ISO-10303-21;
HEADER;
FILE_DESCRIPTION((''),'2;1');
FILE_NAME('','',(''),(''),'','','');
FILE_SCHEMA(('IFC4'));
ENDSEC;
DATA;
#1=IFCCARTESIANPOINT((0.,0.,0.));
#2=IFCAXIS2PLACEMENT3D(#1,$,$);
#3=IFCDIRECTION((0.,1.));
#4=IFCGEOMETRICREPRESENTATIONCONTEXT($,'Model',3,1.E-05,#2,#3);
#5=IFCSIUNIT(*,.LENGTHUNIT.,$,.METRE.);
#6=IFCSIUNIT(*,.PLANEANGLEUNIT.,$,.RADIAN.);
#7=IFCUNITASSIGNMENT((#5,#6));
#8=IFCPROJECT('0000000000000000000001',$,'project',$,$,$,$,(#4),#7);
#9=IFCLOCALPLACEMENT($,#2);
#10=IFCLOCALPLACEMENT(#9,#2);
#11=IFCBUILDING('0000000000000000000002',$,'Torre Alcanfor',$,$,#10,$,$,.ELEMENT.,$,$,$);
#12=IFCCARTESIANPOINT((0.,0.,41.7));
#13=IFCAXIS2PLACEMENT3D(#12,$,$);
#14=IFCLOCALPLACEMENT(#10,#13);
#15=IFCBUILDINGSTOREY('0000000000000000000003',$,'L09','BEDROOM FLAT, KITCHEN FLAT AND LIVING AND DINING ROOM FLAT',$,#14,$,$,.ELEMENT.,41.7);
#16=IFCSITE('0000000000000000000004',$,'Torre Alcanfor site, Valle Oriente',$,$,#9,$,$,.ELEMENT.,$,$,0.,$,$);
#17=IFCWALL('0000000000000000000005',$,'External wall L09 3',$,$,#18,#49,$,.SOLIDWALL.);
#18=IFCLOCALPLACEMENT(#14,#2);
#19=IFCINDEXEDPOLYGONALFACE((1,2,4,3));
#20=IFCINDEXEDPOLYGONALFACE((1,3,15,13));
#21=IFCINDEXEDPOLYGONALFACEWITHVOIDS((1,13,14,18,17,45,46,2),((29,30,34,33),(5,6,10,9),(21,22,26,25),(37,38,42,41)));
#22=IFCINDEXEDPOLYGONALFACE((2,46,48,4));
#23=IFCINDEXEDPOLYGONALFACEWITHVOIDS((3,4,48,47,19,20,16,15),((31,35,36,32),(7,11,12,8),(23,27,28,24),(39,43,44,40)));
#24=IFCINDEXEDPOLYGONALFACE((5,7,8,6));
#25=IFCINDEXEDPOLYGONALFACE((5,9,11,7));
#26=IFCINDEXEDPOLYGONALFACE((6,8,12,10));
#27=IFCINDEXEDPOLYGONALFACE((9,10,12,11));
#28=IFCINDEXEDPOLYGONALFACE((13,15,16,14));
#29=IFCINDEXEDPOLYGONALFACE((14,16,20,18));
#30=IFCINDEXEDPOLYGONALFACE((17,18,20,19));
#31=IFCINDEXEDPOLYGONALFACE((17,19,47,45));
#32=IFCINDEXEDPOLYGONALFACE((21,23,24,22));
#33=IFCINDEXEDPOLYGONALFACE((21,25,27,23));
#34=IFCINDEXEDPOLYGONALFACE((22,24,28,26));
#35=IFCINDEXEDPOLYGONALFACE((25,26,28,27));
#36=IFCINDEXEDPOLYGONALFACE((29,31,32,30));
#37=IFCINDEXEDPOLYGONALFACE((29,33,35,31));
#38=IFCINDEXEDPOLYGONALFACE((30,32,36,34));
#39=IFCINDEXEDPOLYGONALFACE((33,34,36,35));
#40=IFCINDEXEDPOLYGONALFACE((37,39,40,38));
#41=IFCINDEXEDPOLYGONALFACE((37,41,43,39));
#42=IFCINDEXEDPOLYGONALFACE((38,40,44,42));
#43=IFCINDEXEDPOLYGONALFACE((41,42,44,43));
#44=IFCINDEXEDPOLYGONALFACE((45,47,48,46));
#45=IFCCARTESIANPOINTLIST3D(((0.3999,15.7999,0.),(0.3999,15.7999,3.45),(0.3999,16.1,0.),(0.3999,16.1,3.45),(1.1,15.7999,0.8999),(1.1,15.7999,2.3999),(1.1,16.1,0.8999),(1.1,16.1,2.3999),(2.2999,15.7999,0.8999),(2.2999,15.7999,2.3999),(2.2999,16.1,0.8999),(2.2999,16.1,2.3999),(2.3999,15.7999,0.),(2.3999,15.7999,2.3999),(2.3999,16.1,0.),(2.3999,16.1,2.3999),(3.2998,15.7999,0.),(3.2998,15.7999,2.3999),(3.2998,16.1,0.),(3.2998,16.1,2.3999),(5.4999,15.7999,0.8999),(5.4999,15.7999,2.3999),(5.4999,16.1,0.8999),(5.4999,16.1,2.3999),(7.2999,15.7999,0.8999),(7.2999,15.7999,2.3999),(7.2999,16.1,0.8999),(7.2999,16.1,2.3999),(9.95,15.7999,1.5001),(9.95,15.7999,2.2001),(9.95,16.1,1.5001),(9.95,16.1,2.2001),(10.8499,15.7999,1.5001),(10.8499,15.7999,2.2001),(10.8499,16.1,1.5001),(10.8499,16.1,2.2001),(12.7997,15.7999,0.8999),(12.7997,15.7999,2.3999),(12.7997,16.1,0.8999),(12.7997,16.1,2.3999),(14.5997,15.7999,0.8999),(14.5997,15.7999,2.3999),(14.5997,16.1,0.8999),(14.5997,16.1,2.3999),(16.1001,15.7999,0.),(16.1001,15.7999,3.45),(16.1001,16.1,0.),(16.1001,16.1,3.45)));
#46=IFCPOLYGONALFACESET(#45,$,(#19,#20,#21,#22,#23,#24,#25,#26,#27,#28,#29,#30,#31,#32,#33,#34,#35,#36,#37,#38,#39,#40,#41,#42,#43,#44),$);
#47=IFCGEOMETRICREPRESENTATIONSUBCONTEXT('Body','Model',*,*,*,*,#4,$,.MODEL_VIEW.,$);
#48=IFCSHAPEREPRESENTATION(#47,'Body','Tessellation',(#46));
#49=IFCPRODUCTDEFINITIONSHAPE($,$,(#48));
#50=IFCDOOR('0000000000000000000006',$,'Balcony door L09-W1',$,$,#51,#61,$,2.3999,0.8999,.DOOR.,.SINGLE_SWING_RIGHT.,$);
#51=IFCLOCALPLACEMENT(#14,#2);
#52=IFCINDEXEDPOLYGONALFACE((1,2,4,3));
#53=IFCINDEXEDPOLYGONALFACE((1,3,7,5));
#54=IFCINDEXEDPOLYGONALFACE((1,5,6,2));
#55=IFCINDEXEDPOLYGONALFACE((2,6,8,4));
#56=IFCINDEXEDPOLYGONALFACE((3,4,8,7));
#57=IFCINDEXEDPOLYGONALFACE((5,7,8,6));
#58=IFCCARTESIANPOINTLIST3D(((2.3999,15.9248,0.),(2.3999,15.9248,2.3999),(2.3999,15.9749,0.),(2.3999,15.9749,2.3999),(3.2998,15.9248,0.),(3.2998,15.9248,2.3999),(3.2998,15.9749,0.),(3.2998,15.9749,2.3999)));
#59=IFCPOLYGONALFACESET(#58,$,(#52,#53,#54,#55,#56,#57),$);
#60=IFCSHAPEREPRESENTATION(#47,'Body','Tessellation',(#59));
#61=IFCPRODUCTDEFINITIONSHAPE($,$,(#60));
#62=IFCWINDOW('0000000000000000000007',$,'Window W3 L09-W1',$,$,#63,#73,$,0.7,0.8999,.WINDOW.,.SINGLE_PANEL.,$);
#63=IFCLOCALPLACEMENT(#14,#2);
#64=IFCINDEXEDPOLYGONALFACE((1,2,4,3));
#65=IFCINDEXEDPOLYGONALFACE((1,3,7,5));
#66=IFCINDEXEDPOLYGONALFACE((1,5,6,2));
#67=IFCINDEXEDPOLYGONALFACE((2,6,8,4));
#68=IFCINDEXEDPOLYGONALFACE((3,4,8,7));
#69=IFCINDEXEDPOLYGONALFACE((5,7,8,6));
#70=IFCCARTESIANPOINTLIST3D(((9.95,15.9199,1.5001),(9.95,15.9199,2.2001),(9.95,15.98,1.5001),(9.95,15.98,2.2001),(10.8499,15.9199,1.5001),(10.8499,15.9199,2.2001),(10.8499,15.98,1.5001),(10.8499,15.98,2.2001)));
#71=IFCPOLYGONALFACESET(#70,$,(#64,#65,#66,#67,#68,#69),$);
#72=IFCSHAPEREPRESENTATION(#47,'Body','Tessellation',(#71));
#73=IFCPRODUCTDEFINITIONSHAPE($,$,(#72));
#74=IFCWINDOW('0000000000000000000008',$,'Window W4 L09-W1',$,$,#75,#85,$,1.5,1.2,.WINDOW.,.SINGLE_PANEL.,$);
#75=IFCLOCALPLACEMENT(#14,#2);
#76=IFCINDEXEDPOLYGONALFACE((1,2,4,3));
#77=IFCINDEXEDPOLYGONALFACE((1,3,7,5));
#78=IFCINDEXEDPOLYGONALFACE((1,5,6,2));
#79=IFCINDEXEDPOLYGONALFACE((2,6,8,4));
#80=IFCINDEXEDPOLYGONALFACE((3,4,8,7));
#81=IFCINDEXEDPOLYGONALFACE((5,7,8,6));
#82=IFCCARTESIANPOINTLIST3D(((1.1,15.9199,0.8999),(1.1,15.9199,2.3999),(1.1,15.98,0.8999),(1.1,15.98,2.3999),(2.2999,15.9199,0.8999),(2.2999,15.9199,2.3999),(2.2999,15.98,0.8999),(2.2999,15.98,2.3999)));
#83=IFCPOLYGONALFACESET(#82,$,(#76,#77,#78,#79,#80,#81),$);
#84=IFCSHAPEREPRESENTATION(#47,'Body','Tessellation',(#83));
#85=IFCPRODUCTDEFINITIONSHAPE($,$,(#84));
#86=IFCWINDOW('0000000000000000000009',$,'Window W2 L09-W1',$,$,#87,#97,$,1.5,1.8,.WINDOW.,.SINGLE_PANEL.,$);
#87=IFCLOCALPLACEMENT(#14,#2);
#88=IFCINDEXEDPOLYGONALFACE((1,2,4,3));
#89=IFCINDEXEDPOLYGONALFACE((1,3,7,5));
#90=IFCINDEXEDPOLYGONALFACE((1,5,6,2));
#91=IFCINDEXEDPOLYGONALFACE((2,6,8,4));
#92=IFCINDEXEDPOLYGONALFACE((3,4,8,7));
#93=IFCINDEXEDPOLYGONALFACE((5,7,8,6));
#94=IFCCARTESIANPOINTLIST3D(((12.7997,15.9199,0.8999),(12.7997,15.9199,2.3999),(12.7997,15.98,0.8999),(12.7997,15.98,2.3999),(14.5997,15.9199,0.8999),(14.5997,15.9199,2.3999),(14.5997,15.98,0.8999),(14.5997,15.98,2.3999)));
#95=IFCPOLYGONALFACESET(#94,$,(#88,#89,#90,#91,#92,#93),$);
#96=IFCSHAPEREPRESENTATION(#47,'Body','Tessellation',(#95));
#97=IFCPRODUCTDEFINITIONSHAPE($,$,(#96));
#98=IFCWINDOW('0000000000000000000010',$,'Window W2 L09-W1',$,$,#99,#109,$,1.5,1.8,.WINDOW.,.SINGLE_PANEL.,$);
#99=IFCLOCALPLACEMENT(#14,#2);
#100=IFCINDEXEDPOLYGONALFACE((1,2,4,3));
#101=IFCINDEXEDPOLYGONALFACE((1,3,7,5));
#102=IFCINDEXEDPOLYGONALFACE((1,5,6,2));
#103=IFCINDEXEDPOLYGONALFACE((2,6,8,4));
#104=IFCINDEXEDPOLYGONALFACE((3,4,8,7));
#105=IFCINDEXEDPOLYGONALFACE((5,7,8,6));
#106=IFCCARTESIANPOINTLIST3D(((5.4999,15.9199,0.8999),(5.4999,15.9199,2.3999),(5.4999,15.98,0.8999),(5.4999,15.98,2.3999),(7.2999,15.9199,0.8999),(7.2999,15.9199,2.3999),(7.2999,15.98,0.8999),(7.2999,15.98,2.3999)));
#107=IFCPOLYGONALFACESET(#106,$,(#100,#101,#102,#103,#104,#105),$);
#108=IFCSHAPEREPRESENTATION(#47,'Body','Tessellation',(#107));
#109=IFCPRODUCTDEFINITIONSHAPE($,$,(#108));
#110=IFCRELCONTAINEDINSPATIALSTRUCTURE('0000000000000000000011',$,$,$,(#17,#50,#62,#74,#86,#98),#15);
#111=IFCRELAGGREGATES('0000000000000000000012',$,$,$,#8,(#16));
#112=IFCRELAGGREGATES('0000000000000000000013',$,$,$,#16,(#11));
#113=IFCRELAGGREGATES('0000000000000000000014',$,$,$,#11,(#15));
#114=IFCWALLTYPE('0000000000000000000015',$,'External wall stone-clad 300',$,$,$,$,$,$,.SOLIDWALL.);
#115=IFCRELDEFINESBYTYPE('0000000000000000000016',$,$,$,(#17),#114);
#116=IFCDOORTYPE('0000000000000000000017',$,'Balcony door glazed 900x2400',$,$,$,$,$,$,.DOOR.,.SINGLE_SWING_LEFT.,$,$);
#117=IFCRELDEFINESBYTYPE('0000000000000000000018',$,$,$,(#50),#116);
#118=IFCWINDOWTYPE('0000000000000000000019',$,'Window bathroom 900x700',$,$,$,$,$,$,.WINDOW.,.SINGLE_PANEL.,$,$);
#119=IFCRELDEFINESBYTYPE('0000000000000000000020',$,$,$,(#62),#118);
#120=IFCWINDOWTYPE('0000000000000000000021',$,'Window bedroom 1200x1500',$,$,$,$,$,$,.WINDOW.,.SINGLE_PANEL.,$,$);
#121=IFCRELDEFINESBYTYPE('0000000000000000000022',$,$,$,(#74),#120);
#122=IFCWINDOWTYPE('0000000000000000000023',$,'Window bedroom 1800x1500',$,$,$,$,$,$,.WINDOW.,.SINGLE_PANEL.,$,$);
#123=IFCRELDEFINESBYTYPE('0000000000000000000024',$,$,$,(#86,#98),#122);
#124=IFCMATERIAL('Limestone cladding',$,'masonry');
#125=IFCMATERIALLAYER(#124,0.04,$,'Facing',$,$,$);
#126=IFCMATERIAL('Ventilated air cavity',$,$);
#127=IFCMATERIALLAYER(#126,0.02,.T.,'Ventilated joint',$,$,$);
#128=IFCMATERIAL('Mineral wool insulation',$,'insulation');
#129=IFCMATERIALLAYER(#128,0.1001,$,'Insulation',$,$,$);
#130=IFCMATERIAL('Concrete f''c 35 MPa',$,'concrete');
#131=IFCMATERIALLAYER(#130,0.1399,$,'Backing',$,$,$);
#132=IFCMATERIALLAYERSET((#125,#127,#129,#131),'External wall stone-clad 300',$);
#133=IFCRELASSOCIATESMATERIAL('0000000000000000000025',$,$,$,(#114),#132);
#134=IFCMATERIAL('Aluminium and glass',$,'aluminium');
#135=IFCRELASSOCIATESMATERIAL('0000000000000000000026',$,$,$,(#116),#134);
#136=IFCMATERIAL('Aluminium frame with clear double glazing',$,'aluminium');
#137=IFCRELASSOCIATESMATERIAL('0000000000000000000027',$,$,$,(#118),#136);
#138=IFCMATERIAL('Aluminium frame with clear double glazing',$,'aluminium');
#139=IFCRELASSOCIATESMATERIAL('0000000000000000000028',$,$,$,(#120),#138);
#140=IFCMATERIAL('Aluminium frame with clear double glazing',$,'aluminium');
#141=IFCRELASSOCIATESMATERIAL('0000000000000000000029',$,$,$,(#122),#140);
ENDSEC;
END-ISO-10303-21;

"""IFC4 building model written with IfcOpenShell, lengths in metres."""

from ifc_helpers import new_model, si_unit, direction, frame, frame_2d, origin, place, context, subcontext, project, spatial, rectangle, extrude, material, layer, layer_set, type_object, element, fill, save


model = new_model("IFC4")

# Units and contexts
model_context = context("Model", 3, precision=1e-05, world=origin(), true_north=direction((0.0, 1.0)))
body_context = subcontext(model_context, "Body", "Model", "MODEL_VIEW")
ifc_project = project(units=[si_unit("LENGTHUNIT", "METRE"), si_unit("PLANEANGLEUNIT", "RADIAN")], contexts=[model_context])

# Site, building, storey
site_placement = place(None, origin())
site = spatial("IfcSite", under=ifc_project, at=site_placement, Name="Torre Alcanfor site, Valle Oriente", CompositionType="ELEMENT", RefElevation=0.0)
building_placement = place(site_placement, origin())
building = spatial("IfcBuilding", under=site, at=building_placement, Name="Torre Alcanfor", CompositionType="ELEMENT")
storey_placement = place(building_placement, frame((0.0, 0.0, 41.7)))
storey = spatial("IfcBuildingStorey", under=building, at=storey_placement, Name="L09", Description="BEDROOM FLAT, KITCHEN FLAT AND LIVING AND DINING ROOM FLAT", CompositionType="ELEMENT", Elevation=41.7)

# Wall, openings, door, windows
ifc_material_1 = material(Name="Limestone cladding", Category="masonry")
ifc_layer_1 = layer(ifc_material_1, 0.04, Name="Facing")
ifc_material_2 = material(Name="Ventilated air cavity")
ifc_layer_2 = layer(ifc_material_2, 0.02, ventilated=True, Name="Ventilated joint")
ifc_material_3 = material(Name="Mineral wool insulation", Category="insulation")
ifc_layer_3 = layer(ifc_material_3, 0.1001, Name="Insulation")
ifc_material_4 = material(Name="Concrete f'c 35 MPa", Category="concrete")
ifc_layer_4 = layer(ifc_material_4, 0.1399, Name="Backing")
ifc_layer_set_1 = layer_set([ifc_layer_1, ifc_layer_2, ifc_layer_3, ifc_layer_4], Name="External wall stone-clad 300")
wall_type_1 = type_object("IfcWallType", Name="External wall stone-clad 300", PredefinedType="SOLIDWALL", material=ifc_layer_set_1)
wall_1_placement = place(storey_placement, frame((0.3999, 15.95, 0.0), z_axis=(0.0, 0.0, 1.0), x_axis=(1.0, 0.0, 0.0)))
wall_1 = element("IfcWall", 1, at=wall_1_placement, inside=storey, type_object=wall_type_1, Name="External wall L09 3", PredefinedType="SOLIDWALL", context=body_context, shape_type="SweptSolid", body=[
    extrude(rectangle(XDim=15.7002, YDim=0.3, at=frame_2d((7.8501, 0.0))), origin(), (0.0, 0.0, 1.0), 3.45),
])
opening_1_placement = place(wall_1_placement, frame((12.3999, 0.0, 0.8999)))
opening_1 = element("IfcOpeningElement", 2, at=opening_1_placement, cuts=wall_1, PredefinedType="OPENING", context=body_context, shape_type="SweptSolid", body=[
    extrude(rectangle(XDim=1.8, YDim=1.5, at=frame_2d((0.8999, 0.75))), frame((0.0, 0.1599, 0.0), z_axis=(0.0, -1.0, 0.0), x_axis=(1.0, 0.0, 0.0)), (0.0, 0.0, 1.0), 0.3201),
])
opening_2_placement = place(wall_1_placement, frame((9.55, 0.0, 1.5)))
opening_2 = element("IfcOpeningElement", 3, at=opening_2_placement, cuts=wall_1, PredefinedType="OPENING", context=body_context, shape_type="SweptSolid", body=[
    extrude(rectangle(XDim=0.8999, YDim=0.7, at=frame_2d((0.45, 0.3501))), frame((0.0, 0.1599, 0.0), z_axis=(0.0, -1.0, 0.0), x_axis=(1.0, 0.0, 0.0)), (0.0, 0.0, 1.0), 0.3201),
])
opening_3_placement = place(wall_1_placement, frame((5.1001, 0.0, 0.8999)))
opening_3 = element("IfcOpeningElement", 4, at=opening_3_placement, cuts=wall_1, PredefinedType="OPENING", context=body_context, shape_type="SweptSolid", body=[
    extrude(rectangle(XDim=1.8, YDim=1.5, at=frame_2d((0.8999, 0.75))), frame((0.0, 0.1599, 0.0), z_axis=(0.0, -1.0, 0.0), x_axis=(1.0, 0.0, 0.0)), (0.0, 0.0, 1.0), 0.3201),
])
opening_4_placement = place(wall_1_placement, frame((2.0, 0.0, 0.0)))
opening_4 = element("IfcOpeningElement", 5, at=opening_4_placement, cuts=wall_1, PredefinedType="OPENING", context=body_context, shape_type="SweptSolid", body=[
    extrude(rectangle(XDim=0.8999, YDim=2.3999, at=frame_2d((0.45, 1.2))), frame((0.0, 0.1599, 0.0), z_axis=(0.0, -1.0, 0.0), x_axis=(1.0, 0.0, 0.0)), (0.0, 0.0, 1.0), 0.3201),
])
opening_5_placement = place(wall_1_placement, frame((0.7, 0.0, 0.8999)))
opening_5 = element("IfcOpeningElement", 6, at=opening_5_placement, cuts=wall_1, PredefinedType="OPENING", context=body_context, shape_type="SweptSolid", body=[
    extrude(rectangle(XDim=1.2, YDim=1.5, at=frame_2d((0.6001, 0.75))), frame((0.0, 0.1599, 0.0), z_axis=(0.0, -1.0, 0.0), x_axis=(1.0, 0.0, 0.0)), (0.0, 0.0, 1.0), 0.3201),
])
ifc_material_5 = material(Name="Aluminium and glass", Category="aluminium")
door_type = type_object("IfcDoorType", Name="Balcony door glazed 900x2400", OperationType="SINGLE_SWING_LEFT", PredefinedType="DOOR", material=ifc_material_5)
door_1_placement = place(opening_4_placement, origin())
door_1 = element("IfcDoor", 7, at=door_1_placement, inside=storey, type_object=door_type, Name="Balcony door L09-W1", OperationType="SINGLE_SWING_RIGHT", OverallHeight=2.3999, OverallWidth=0.8999, PredefinedType="DOOR", context=body_context, shape_type="SweptSolid", body=[
    extrude(rectangle(XDim=0.8999, YDim=2.3999, at=frame_2d((0.45, 1.2))), frame((0.0, 0.0249, 0.0), z_axis=(0.0, -1.0, 0.0), x_axis=(1.0, 0.0, 0.0)), (0.0, 0.0, 1.0), 0.05),
])
fill(opening_4, door_1)
ifc_material_6 = material(Name="Aluminium frame with clear double glazing", Category="aluminium")
window_type_1 = type_object("IfcWindowType", Name="Window bathroom 900x700", PartitioningType="SINGLE_PANEL", PredefinedType="WINDOW", material=ifc_material_6)
window_1_placement = place(opening_2_placement, origin())
window_1 = element("IfcWindow", 8, at=window_1_placement, inside=storey, type_object=window_type_1, Name="Window W3 L09-W1", OverallHeight=0.7, OverallWidth=0.8999, PartitioningType="SINGLE_PANEL", PredefinedType="WINDOW", context=body_context, shape_type="SweptSolid", body=[
    extrude(rectangle(XDim=0.8999, YDim=0.7, at=frame_2d((0.45, 0.3501))), frame((0.0, 0.03, 0.0), z_axis=(0.0, -1.0, 0.0), x_axis=(1.0, 0.0, 0.0)), (0.0, 0.0, 1.0), 0.0601),
])
fill(opening_2, window_1)
ifc_material_7 = material(Name="Aluminium frame with clear double glazing", Category="aluminium")
window_type_2 = type_object("IfcWindowType", Name="Window bedroom 1200x1500", PartitioningType="SINGLE_PANEL", PredefinedType="WINDOW", material=ifc_material_7)
window_2_placement = place(opening_5_placement, origin())
window_2 = element("IfcWindow", 9, at=window_2_placement, inside=storey, type_object=window_type_2, Name="Window W4 L09-W1", OverallHeight=1.5, OverallWidth=1.2, PartitioningType="SINGLE_PANEL", PredefinedType="WINDOW", context=body_context, shape_type="SweptSolid", body=[
    extrude(rectangle(XDim=1.2, YDim=1.5, at=frame_2d((0.6001, 0.75))), frame((0.0, 0.03, 0.0), z_axis=(0.0, -1.0, 0.0), x_axis=(1.0, 0.0, 0.0)), (0.0, 0.0, 1.0), 0.0601),
])
fill(opening_5, window_2)
ifc_material_8 = material(Name="Aluminium frame with clear double glazing", Category="aluminium")
window_type_3 = type_object("IfcWindowType", Name="Window bedroom 1800x1500", PartitioningType="SINGLE_PANEL", PredefinedType="WINDOW", material=ifc_material_8)
window_3_placement = place(opening_1_placement, origin())
window_3 = element("IfcWindow", 10, at=window_3_placement, inside=storey, type_object=window_type_3, Name="Window W2 L09-W1", OverallHeight=1.5, OverallWidth=1.8, PartitioningType="SINGLE_PANEL", PredefinedType="WINDOW", context=body_context, shape_type="SweptSolid", body=[
    extrude(rectangle(XDim=1.8, YDim=1.5, at=frame_2d((0.8999, 0.75))), frame((0.0, 0.03, 0.0), z_axis=(0.0, -1.0, 0.0), x_axis=(1.0, 0.0, 0.0)), (0.0, 0.0, 1.0), 0.0601),
])
fill(opening_1, window_3)
window_4_placement = place(opening_3_placement, origin())
window_4 = element("IfcWindow", 11, at=window_4_placement, inside=storey, type_object=window_type_3, Name="Window W2 L09-W1", OverallHeight=1.5, OverallWidth=1.8, PartitioningType="SINGLE_PANEL", PredefinedType="WINDOW", context=body_context, shape_type="SweptSolid", body=[
    extrude(rectangle(XDim=1.8, YDim=1.5, at=frame_2d((0.8999, 0.75))), frame((0.0, 0.03, 0.0), z_axis=(0.0, -1.0, 0.0), x_axis=(1.0, 0.0, 0.0)), (0.0, 0.0, 1.0), 0.0601),
])
fill(opening_3, window_4)

save(model, "model.ifc")
